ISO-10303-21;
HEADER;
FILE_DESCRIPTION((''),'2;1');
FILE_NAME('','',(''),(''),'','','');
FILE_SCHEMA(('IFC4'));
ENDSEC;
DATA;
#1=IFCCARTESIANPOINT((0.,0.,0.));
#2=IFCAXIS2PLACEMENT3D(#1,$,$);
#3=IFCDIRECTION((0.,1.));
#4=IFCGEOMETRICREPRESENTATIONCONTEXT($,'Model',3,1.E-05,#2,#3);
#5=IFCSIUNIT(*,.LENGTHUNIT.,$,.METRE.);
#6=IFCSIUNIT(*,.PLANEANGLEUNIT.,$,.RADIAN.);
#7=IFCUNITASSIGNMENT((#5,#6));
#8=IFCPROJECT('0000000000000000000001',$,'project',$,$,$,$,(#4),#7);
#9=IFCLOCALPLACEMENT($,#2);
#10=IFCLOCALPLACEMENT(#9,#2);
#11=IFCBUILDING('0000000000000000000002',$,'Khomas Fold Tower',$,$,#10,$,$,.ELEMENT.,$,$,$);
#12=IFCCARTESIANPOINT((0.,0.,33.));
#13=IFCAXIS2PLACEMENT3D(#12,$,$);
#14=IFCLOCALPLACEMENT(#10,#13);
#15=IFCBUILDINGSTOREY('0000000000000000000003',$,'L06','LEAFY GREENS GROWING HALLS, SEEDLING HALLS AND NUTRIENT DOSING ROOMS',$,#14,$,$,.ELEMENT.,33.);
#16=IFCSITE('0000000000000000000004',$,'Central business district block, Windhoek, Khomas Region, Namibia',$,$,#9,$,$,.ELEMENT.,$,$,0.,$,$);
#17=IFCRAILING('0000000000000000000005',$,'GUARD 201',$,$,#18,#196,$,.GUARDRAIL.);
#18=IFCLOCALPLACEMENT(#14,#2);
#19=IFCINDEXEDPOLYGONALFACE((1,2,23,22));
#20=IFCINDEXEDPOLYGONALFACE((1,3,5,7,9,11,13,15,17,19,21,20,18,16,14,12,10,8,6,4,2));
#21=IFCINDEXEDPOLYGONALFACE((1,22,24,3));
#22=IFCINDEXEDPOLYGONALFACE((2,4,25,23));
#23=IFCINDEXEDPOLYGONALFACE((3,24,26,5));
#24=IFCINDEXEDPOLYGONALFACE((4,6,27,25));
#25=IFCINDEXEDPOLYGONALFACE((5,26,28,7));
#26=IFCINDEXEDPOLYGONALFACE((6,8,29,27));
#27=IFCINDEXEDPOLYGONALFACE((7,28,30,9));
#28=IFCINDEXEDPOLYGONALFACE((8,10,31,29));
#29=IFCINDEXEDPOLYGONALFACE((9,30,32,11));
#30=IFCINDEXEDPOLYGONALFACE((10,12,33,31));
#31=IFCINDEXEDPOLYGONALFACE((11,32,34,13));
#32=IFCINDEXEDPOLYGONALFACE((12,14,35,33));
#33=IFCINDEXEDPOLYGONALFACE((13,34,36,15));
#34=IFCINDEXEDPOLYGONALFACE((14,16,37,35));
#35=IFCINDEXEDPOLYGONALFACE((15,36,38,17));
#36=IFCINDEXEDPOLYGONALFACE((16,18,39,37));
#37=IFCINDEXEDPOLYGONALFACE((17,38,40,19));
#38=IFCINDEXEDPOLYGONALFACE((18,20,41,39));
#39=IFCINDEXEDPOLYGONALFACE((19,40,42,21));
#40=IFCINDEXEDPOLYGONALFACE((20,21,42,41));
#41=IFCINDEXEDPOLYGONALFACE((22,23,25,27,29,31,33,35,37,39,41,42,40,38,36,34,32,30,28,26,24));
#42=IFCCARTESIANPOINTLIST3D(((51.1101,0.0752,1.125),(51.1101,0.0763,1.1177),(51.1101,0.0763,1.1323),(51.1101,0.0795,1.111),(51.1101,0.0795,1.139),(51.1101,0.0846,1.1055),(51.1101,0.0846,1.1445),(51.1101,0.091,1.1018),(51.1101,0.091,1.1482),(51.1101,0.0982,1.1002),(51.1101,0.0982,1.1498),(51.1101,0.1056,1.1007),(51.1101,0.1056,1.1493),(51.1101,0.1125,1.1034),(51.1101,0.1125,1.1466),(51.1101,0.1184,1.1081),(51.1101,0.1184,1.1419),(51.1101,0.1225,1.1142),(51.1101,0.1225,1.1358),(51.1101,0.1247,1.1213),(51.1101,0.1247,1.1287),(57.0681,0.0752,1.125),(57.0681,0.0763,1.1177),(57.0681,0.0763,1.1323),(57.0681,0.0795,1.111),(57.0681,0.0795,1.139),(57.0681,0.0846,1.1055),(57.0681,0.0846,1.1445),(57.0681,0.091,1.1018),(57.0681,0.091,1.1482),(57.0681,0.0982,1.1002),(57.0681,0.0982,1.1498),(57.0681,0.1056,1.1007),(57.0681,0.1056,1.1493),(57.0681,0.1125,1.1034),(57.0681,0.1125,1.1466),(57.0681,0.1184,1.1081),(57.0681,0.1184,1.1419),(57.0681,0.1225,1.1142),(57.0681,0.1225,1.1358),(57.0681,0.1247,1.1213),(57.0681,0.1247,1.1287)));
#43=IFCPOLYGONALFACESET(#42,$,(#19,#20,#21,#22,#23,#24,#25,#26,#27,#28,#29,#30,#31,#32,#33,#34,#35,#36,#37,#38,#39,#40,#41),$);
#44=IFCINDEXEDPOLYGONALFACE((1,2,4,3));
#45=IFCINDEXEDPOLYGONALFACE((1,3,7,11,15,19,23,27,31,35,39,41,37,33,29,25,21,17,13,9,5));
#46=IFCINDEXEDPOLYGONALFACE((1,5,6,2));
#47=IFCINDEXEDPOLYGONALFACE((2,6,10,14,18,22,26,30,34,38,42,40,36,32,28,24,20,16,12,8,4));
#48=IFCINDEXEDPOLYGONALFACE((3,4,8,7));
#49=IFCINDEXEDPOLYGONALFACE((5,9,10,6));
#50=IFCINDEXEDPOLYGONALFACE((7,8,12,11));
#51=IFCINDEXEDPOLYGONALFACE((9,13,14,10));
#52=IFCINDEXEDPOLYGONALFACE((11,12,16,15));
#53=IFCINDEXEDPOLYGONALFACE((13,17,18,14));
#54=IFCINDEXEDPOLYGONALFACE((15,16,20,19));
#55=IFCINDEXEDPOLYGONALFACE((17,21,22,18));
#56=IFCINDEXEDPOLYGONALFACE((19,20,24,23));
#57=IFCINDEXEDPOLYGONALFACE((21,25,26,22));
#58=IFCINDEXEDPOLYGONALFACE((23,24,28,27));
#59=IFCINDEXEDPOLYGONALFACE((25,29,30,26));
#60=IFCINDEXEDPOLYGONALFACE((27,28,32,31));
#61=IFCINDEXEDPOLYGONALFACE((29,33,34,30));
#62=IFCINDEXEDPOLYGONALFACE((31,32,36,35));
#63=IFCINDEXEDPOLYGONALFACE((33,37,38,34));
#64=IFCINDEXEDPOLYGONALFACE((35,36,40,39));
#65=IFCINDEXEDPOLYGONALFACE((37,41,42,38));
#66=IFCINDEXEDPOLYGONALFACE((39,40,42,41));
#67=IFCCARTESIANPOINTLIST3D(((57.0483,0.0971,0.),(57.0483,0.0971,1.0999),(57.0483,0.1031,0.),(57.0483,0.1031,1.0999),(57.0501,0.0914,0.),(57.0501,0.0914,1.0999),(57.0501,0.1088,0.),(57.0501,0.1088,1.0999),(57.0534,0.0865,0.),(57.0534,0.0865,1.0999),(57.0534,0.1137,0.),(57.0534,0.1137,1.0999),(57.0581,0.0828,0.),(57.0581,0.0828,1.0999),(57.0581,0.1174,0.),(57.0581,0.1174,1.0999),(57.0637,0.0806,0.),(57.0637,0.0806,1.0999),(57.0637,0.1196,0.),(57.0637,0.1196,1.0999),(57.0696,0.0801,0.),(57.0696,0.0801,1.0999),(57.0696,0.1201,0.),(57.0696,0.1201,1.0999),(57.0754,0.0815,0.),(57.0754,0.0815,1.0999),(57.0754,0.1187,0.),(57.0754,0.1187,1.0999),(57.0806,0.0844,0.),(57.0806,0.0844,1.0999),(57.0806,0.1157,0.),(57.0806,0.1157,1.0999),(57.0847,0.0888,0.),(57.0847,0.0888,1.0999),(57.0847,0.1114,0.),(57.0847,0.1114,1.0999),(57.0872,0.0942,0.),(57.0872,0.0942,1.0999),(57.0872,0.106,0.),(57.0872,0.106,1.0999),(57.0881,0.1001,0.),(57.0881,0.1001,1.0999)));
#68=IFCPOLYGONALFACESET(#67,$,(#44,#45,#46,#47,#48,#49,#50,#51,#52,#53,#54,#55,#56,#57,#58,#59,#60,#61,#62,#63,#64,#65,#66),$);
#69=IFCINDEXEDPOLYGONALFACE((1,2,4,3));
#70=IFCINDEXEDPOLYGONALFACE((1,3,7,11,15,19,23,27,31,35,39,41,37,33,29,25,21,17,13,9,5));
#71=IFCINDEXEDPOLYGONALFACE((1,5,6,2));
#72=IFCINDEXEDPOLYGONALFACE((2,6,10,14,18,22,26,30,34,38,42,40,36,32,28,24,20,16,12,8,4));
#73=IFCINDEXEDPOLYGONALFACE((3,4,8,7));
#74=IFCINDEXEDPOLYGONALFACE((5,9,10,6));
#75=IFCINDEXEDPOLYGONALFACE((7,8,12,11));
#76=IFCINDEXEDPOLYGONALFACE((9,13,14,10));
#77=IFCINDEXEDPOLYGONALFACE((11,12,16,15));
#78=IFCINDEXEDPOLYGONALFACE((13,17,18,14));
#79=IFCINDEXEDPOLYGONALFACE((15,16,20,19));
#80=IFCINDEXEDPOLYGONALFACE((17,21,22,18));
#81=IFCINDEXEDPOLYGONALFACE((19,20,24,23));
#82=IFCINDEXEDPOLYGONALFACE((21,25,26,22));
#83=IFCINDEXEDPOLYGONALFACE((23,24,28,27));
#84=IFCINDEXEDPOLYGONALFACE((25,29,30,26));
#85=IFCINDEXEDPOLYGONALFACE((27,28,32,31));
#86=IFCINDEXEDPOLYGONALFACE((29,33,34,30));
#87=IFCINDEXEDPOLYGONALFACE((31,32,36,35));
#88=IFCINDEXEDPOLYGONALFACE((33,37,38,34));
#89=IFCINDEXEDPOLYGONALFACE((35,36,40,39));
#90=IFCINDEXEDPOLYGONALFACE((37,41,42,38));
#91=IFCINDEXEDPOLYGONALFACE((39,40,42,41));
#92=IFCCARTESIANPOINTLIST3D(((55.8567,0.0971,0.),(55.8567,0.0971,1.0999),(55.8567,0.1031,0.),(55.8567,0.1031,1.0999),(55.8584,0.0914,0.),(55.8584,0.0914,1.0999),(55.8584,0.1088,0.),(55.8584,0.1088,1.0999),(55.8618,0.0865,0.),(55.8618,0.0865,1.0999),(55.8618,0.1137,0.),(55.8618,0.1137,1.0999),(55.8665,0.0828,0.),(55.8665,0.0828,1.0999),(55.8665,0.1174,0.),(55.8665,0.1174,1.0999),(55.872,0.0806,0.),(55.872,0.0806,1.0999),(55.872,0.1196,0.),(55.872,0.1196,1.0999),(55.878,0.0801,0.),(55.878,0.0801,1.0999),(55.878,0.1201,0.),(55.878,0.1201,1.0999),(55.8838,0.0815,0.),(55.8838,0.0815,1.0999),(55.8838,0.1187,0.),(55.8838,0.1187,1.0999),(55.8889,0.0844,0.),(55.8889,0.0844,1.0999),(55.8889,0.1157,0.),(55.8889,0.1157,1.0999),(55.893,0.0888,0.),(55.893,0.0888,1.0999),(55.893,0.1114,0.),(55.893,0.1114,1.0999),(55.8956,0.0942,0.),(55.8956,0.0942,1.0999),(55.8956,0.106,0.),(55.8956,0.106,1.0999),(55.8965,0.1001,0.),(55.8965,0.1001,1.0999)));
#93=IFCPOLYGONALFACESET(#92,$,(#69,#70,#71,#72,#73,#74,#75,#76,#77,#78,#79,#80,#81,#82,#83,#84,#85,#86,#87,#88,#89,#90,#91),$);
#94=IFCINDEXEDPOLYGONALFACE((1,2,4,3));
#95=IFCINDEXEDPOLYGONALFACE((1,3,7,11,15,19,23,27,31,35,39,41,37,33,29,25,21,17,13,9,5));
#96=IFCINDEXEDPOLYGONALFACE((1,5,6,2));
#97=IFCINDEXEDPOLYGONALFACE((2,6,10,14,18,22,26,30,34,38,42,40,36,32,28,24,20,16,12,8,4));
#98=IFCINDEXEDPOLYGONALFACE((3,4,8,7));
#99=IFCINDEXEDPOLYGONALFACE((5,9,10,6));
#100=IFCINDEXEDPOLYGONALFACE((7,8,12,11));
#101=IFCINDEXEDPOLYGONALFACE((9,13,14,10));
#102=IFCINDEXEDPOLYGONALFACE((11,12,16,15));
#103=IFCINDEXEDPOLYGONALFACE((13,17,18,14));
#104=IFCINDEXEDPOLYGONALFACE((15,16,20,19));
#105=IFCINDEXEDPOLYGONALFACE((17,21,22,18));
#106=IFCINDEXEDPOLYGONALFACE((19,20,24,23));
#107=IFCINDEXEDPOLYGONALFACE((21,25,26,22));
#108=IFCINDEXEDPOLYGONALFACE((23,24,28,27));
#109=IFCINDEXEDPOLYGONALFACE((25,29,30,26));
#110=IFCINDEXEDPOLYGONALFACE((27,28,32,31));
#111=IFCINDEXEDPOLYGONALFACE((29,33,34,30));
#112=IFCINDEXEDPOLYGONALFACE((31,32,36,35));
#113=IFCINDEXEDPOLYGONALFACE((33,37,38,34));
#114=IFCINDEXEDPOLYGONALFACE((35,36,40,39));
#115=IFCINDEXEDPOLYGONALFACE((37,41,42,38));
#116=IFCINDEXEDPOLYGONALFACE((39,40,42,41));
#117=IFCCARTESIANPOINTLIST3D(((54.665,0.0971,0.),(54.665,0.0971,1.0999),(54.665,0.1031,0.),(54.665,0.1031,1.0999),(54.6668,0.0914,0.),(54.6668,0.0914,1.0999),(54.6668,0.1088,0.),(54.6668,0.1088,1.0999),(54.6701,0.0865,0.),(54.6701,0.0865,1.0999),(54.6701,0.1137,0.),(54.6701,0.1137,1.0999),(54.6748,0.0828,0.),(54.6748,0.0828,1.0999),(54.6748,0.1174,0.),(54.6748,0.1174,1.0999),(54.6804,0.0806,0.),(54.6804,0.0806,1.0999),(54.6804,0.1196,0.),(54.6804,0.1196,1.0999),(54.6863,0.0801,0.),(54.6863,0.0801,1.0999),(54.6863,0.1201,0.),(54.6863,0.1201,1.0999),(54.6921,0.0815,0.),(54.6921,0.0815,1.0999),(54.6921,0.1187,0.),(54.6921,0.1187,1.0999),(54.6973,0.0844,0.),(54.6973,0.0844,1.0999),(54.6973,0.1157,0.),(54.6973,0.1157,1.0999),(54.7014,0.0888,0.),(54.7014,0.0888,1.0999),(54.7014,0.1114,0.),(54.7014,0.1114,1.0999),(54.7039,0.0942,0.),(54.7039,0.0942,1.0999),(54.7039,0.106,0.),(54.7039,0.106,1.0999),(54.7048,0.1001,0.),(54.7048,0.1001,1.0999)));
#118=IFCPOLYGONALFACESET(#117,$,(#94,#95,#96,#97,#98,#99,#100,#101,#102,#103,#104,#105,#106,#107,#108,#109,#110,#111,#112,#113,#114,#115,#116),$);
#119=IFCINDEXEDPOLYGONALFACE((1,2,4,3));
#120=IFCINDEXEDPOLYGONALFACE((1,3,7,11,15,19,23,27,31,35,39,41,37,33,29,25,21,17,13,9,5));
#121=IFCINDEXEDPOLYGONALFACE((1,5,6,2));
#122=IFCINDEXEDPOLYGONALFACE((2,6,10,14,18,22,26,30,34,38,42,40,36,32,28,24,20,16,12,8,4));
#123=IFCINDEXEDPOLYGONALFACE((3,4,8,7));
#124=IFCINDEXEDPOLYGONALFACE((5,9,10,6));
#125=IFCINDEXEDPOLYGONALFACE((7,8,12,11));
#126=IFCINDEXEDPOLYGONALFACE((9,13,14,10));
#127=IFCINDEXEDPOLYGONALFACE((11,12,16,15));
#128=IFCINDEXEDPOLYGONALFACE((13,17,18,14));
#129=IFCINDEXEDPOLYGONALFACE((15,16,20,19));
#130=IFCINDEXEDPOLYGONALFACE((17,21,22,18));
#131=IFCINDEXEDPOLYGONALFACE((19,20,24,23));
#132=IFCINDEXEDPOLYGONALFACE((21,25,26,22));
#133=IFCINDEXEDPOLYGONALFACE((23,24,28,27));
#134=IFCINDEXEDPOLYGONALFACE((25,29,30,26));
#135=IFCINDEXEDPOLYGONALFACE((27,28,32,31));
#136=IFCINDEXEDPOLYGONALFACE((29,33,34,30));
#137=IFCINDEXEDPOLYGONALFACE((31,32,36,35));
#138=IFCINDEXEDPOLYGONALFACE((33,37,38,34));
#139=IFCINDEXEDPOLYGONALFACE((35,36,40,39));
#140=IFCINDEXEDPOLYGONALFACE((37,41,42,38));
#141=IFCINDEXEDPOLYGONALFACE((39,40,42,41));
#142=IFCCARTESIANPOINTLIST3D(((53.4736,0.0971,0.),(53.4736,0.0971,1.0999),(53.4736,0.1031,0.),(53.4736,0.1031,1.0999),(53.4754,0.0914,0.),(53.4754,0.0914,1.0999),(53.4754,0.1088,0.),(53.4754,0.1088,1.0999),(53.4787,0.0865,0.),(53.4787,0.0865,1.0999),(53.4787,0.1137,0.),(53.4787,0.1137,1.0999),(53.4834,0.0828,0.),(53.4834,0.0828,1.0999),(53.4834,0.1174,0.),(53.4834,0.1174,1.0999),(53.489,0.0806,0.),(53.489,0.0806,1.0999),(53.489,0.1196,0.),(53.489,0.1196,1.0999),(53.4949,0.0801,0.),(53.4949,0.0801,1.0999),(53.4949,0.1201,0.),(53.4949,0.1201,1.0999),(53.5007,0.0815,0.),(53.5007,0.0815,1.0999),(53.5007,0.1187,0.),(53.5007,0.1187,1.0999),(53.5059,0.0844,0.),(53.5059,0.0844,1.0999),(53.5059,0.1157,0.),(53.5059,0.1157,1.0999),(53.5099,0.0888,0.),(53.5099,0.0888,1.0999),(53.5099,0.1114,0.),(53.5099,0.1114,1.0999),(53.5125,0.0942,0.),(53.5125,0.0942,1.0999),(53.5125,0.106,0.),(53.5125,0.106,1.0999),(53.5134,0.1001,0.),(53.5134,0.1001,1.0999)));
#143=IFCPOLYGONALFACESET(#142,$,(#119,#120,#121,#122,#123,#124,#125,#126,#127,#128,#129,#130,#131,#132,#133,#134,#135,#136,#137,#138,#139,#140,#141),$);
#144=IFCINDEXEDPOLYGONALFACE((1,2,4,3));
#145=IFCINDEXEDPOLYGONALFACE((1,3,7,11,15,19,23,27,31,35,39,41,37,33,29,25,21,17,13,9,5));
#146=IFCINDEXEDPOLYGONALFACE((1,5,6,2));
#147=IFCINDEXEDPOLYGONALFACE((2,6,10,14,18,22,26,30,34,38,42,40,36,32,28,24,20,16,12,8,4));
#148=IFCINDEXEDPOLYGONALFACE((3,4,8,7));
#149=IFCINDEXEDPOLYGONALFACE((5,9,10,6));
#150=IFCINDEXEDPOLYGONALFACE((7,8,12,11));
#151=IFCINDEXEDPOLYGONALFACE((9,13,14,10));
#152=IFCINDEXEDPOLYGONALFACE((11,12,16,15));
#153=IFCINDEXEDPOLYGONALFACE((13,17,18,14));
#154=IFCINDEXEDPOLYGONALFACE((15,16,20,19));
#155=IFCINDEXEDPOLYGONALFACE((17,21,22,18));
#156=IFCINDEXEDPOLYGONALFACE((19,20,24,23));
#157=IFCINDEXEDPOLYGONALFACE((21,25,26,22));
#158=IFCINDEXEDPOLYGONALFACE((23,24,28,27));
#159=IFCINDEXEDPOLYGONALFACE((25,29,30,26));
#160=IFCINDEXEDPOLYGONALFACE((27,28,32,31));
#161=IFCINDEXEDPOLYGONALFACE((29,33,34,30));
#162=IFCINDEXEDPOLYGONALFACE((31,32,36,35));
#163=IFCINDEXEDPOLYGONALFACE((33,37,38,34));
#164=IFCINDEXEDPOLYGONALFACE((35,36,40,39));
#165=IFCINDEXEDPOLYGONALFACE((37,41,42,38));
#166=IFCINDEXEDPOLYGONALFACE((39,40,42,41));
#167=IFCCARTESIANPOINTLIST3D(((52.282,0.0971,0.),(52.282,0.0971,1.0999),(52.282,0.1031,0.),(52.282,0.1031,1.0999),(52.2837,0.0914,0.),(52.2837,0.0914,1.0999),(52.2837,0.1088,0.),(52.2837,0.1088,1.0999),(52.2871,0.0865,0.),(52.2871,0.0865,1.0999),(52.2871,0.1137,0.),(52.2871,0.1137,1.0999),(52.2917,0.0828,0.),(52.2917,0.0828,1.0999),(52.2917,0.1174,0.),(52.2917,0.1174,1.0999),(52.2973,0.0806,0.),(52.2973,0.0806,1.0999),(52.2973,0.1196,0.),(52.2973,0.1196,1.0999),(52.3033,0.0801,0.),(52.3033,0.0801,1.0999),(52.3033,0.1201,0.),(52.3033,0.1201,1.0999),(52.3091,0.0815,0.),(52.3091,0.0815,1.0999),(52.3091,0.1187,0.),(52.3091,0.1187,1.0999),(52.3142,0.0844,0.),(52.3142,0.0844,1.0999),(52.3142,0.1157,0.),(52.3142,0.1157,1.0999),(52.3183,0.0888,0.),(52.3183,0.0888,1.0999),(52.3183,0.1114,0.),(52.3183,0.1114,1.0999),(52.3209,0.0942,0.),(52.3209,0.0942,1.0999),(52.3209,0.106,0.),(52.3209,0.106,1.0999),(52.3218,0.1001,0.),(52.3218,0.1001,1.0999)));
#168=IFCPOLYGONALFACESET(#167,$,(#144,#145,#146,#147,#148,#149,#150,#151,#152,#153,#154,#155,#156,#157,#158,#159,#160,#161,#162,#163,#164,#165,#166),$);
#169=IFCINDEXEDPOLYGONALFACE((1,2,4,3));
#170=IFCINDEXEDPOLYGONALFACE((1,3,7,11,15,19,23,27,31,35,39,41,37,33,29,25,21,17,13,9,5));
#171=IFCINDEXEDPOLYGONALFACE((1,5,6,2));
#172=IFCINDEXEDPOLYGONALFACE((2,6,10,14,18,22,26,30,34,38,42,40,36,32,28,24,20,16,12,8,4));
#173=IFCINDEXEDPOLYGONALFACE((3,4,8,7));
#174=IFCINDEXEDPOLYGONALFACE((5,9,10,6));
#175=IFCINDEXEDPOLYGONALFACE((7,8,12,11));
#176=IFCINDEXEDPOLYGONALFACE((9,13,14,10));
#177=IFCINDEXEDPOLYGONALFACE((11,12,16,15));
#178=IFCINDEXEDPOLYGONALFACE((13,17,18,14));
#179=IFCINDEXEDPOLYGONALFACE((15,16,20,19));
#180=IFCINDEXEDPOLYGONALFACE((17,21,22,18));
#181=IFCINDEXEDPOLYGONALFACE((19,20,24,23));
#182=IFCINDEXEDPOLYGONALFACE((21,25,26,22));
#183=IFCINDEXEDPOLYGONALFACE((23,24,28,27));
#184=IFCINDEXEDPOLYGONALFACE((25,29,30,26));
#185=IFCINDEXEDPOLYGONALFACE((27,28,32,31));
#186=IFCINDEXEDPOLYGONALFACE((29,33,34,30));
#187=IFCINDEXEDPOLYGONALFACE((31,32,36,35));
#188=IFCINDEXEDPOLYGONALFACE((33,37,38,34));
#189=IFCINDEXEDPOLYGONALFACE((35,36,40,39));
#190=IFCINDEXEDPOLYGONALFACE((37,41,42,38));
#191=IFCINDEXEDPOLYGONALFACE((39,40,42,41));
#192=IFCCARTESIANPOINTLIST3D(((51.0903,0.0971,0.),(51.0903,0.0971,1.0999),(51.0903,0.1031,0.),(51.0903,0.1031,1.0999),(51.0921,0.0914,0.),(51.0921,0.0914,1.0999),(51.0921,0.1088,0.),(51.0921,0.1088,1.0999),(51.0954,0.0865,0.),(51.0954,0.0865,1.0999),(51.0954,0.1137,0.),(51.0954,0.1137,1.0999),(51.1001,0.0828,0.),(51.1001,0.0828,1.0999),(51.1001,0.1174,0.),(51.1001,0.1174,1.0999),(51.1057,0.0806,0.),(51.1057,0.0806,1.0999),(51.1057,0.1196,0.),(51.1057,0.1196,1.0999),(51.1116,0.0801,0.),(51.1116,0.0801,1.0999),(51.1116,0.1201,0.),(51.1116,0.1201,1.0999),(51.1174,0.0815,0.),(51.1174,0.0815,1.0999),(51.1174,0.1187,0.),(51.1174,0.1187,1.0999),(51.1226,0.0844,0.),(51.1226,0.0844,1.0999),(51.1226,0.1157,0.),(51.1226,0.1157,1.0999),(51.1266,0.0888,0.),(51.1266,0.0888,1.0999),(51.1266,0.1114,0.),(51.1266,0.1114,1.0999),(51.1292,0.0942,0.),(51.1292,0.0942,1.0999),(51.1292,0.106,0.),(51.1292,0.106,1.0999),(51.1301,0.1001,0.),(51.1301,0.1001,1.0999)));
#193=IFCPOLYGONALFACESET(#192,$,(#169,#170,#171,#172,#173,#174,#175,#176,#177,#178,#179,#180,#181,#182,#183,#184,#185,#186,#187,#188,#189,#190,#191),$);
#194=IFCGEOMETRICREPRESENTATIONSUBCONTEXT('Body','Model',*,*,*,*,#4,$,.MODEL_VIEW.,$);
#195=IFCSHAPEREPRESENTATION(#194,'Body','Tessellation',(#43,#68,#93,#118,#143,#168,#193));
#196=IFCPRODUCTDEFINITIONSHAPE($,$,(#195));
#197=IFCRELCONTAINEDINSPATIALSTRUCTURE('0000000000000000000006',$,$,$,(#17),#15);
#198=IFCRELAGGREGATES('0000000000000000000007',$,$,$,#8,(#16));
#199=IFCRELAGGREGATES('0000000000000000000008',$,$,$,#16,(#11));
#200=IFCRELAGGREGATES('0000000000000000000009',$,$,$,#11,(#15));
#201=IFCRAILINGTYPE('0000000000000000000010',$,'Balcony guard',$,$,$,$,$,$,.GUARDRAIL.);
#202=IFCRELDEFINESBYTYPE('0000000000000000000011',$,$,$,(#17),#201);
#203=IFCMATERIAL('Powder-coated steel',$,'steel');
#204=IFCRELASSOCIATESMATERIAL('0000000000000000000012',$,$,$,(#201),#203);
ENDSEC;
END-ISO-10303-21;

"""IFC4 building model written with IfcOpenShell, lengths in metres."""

from ifc_helpers import new_model, si_unit, direction, frame, origin, origin_2d, place, context, subcontext, project, spatial, circle, extrude, source, transform, mapped, material, type_object, element, save


model = new_model("IFC4")

# Units and contexts
model_context = context("Model", 3, precision=1e-05, world=origin(), true_north=direction((0.0, 1.0)))
body_context = subcontext(model_context, "Body", "Model", "MODEL_VIEW")
ifc_project = project(units=[si_unit("LENGTHUNIT", "METRE"), si_unit("PLANEANGLEUNIT", "RADIAN")], contexts=[model_context])

# Site, building, storey
site_placement = place(None, origin())
site = spatial("IfcSite", under=ifc_project, at=site_placement, Name="Central business district block, Windhoek, Khomas Region, Namibia", CompositionType="ELEMENT", RefElevation=0.0)
building_placement = place(site_placement, origin())
building = spatial("IfcBuilding", under=site, at=building_placement, Name="Khomas Fold Tower", CompositionType="ELEMENT")
storey_placement = place(building_placement, frame((0.0, 0.0, 33.0)))
storey = spatial("IfcBuildingStorey", under=building, at=storey_placement, Name="L06", Description="LEAFY GREENS GROWING HALLS, SEEDLING HALLS AND NUTRIENT DOSING ROOMS", CompositionType="ELEMENT", Elevation=33.0)

# Railing
ifc_material_1 = material(Name="Powder-coated steel", Category="steel")
railing_type = type_object("IfcRailingType", Name="Balcony guard", PredefinedType="GUARDRAIL", material=ifc_material_1)
shared_shape_1 = source(origin(), body_context, "Body", "SweptSolid", [
    extrude(circle(Radius=0.0249, at=origin_2d()), frame((0.0, 0.0, 1.125), z_axis=(-1.0, 0.0, 0.0), x_axis=(0.0, -1.0, 0.0)), (0.0, 0.0, 1.0), 5.958),
    extrude(circle(Radius=0.02, at=origin_2d()), origin(), (0.0, 0.0, 1.0), 1.0999),
    extrude(circle(Radius=0.02, at=origin_2d()), frame((-1.1917, 0.0, 0.0)), (0.0, 0.0, 1.0), 1.0999),
    extrude(circle(Radius=0.02, at=origin_2d()), frame((-2.3833, 0.0, 0.0)), (0.0, 0.0, 1.0), 1.0999),
    extrude(circle(Radius=0.02, at=origin_2d()), frame((-3.5747, 0.0, 0.0)), (0.0, 0.0, 1.0), 1.0999),
    extrude(circle(Radius=0.02, at=origin_2d()), frame((-4.7664, 0.0, 0.0)), (0.0, 0.0, 1.0), 1.0999),
    extrude(circle(Radius=0.02, at=origin_2d()), frame((-5.958, 0.0, 0.0)), (0.0, 0.0, 1.0), 1.0999),
])
for number, where, name in (
    (1, (57.0681, 0.1001, 0.0), "GUARD 201"),
):
    element("IfcRailing", number, at=place(storey_placement, frame(where)), inside=storey, type_object=railing_type, Name=name, PredefinedType="GUARDRAIL", context=body_context, shape_type="MappedRepresentation", body=[
        mapped(shared_shape_1, transform((0.0, 0.0, 0.0))),
    ])

save(model, "model.ifc")
